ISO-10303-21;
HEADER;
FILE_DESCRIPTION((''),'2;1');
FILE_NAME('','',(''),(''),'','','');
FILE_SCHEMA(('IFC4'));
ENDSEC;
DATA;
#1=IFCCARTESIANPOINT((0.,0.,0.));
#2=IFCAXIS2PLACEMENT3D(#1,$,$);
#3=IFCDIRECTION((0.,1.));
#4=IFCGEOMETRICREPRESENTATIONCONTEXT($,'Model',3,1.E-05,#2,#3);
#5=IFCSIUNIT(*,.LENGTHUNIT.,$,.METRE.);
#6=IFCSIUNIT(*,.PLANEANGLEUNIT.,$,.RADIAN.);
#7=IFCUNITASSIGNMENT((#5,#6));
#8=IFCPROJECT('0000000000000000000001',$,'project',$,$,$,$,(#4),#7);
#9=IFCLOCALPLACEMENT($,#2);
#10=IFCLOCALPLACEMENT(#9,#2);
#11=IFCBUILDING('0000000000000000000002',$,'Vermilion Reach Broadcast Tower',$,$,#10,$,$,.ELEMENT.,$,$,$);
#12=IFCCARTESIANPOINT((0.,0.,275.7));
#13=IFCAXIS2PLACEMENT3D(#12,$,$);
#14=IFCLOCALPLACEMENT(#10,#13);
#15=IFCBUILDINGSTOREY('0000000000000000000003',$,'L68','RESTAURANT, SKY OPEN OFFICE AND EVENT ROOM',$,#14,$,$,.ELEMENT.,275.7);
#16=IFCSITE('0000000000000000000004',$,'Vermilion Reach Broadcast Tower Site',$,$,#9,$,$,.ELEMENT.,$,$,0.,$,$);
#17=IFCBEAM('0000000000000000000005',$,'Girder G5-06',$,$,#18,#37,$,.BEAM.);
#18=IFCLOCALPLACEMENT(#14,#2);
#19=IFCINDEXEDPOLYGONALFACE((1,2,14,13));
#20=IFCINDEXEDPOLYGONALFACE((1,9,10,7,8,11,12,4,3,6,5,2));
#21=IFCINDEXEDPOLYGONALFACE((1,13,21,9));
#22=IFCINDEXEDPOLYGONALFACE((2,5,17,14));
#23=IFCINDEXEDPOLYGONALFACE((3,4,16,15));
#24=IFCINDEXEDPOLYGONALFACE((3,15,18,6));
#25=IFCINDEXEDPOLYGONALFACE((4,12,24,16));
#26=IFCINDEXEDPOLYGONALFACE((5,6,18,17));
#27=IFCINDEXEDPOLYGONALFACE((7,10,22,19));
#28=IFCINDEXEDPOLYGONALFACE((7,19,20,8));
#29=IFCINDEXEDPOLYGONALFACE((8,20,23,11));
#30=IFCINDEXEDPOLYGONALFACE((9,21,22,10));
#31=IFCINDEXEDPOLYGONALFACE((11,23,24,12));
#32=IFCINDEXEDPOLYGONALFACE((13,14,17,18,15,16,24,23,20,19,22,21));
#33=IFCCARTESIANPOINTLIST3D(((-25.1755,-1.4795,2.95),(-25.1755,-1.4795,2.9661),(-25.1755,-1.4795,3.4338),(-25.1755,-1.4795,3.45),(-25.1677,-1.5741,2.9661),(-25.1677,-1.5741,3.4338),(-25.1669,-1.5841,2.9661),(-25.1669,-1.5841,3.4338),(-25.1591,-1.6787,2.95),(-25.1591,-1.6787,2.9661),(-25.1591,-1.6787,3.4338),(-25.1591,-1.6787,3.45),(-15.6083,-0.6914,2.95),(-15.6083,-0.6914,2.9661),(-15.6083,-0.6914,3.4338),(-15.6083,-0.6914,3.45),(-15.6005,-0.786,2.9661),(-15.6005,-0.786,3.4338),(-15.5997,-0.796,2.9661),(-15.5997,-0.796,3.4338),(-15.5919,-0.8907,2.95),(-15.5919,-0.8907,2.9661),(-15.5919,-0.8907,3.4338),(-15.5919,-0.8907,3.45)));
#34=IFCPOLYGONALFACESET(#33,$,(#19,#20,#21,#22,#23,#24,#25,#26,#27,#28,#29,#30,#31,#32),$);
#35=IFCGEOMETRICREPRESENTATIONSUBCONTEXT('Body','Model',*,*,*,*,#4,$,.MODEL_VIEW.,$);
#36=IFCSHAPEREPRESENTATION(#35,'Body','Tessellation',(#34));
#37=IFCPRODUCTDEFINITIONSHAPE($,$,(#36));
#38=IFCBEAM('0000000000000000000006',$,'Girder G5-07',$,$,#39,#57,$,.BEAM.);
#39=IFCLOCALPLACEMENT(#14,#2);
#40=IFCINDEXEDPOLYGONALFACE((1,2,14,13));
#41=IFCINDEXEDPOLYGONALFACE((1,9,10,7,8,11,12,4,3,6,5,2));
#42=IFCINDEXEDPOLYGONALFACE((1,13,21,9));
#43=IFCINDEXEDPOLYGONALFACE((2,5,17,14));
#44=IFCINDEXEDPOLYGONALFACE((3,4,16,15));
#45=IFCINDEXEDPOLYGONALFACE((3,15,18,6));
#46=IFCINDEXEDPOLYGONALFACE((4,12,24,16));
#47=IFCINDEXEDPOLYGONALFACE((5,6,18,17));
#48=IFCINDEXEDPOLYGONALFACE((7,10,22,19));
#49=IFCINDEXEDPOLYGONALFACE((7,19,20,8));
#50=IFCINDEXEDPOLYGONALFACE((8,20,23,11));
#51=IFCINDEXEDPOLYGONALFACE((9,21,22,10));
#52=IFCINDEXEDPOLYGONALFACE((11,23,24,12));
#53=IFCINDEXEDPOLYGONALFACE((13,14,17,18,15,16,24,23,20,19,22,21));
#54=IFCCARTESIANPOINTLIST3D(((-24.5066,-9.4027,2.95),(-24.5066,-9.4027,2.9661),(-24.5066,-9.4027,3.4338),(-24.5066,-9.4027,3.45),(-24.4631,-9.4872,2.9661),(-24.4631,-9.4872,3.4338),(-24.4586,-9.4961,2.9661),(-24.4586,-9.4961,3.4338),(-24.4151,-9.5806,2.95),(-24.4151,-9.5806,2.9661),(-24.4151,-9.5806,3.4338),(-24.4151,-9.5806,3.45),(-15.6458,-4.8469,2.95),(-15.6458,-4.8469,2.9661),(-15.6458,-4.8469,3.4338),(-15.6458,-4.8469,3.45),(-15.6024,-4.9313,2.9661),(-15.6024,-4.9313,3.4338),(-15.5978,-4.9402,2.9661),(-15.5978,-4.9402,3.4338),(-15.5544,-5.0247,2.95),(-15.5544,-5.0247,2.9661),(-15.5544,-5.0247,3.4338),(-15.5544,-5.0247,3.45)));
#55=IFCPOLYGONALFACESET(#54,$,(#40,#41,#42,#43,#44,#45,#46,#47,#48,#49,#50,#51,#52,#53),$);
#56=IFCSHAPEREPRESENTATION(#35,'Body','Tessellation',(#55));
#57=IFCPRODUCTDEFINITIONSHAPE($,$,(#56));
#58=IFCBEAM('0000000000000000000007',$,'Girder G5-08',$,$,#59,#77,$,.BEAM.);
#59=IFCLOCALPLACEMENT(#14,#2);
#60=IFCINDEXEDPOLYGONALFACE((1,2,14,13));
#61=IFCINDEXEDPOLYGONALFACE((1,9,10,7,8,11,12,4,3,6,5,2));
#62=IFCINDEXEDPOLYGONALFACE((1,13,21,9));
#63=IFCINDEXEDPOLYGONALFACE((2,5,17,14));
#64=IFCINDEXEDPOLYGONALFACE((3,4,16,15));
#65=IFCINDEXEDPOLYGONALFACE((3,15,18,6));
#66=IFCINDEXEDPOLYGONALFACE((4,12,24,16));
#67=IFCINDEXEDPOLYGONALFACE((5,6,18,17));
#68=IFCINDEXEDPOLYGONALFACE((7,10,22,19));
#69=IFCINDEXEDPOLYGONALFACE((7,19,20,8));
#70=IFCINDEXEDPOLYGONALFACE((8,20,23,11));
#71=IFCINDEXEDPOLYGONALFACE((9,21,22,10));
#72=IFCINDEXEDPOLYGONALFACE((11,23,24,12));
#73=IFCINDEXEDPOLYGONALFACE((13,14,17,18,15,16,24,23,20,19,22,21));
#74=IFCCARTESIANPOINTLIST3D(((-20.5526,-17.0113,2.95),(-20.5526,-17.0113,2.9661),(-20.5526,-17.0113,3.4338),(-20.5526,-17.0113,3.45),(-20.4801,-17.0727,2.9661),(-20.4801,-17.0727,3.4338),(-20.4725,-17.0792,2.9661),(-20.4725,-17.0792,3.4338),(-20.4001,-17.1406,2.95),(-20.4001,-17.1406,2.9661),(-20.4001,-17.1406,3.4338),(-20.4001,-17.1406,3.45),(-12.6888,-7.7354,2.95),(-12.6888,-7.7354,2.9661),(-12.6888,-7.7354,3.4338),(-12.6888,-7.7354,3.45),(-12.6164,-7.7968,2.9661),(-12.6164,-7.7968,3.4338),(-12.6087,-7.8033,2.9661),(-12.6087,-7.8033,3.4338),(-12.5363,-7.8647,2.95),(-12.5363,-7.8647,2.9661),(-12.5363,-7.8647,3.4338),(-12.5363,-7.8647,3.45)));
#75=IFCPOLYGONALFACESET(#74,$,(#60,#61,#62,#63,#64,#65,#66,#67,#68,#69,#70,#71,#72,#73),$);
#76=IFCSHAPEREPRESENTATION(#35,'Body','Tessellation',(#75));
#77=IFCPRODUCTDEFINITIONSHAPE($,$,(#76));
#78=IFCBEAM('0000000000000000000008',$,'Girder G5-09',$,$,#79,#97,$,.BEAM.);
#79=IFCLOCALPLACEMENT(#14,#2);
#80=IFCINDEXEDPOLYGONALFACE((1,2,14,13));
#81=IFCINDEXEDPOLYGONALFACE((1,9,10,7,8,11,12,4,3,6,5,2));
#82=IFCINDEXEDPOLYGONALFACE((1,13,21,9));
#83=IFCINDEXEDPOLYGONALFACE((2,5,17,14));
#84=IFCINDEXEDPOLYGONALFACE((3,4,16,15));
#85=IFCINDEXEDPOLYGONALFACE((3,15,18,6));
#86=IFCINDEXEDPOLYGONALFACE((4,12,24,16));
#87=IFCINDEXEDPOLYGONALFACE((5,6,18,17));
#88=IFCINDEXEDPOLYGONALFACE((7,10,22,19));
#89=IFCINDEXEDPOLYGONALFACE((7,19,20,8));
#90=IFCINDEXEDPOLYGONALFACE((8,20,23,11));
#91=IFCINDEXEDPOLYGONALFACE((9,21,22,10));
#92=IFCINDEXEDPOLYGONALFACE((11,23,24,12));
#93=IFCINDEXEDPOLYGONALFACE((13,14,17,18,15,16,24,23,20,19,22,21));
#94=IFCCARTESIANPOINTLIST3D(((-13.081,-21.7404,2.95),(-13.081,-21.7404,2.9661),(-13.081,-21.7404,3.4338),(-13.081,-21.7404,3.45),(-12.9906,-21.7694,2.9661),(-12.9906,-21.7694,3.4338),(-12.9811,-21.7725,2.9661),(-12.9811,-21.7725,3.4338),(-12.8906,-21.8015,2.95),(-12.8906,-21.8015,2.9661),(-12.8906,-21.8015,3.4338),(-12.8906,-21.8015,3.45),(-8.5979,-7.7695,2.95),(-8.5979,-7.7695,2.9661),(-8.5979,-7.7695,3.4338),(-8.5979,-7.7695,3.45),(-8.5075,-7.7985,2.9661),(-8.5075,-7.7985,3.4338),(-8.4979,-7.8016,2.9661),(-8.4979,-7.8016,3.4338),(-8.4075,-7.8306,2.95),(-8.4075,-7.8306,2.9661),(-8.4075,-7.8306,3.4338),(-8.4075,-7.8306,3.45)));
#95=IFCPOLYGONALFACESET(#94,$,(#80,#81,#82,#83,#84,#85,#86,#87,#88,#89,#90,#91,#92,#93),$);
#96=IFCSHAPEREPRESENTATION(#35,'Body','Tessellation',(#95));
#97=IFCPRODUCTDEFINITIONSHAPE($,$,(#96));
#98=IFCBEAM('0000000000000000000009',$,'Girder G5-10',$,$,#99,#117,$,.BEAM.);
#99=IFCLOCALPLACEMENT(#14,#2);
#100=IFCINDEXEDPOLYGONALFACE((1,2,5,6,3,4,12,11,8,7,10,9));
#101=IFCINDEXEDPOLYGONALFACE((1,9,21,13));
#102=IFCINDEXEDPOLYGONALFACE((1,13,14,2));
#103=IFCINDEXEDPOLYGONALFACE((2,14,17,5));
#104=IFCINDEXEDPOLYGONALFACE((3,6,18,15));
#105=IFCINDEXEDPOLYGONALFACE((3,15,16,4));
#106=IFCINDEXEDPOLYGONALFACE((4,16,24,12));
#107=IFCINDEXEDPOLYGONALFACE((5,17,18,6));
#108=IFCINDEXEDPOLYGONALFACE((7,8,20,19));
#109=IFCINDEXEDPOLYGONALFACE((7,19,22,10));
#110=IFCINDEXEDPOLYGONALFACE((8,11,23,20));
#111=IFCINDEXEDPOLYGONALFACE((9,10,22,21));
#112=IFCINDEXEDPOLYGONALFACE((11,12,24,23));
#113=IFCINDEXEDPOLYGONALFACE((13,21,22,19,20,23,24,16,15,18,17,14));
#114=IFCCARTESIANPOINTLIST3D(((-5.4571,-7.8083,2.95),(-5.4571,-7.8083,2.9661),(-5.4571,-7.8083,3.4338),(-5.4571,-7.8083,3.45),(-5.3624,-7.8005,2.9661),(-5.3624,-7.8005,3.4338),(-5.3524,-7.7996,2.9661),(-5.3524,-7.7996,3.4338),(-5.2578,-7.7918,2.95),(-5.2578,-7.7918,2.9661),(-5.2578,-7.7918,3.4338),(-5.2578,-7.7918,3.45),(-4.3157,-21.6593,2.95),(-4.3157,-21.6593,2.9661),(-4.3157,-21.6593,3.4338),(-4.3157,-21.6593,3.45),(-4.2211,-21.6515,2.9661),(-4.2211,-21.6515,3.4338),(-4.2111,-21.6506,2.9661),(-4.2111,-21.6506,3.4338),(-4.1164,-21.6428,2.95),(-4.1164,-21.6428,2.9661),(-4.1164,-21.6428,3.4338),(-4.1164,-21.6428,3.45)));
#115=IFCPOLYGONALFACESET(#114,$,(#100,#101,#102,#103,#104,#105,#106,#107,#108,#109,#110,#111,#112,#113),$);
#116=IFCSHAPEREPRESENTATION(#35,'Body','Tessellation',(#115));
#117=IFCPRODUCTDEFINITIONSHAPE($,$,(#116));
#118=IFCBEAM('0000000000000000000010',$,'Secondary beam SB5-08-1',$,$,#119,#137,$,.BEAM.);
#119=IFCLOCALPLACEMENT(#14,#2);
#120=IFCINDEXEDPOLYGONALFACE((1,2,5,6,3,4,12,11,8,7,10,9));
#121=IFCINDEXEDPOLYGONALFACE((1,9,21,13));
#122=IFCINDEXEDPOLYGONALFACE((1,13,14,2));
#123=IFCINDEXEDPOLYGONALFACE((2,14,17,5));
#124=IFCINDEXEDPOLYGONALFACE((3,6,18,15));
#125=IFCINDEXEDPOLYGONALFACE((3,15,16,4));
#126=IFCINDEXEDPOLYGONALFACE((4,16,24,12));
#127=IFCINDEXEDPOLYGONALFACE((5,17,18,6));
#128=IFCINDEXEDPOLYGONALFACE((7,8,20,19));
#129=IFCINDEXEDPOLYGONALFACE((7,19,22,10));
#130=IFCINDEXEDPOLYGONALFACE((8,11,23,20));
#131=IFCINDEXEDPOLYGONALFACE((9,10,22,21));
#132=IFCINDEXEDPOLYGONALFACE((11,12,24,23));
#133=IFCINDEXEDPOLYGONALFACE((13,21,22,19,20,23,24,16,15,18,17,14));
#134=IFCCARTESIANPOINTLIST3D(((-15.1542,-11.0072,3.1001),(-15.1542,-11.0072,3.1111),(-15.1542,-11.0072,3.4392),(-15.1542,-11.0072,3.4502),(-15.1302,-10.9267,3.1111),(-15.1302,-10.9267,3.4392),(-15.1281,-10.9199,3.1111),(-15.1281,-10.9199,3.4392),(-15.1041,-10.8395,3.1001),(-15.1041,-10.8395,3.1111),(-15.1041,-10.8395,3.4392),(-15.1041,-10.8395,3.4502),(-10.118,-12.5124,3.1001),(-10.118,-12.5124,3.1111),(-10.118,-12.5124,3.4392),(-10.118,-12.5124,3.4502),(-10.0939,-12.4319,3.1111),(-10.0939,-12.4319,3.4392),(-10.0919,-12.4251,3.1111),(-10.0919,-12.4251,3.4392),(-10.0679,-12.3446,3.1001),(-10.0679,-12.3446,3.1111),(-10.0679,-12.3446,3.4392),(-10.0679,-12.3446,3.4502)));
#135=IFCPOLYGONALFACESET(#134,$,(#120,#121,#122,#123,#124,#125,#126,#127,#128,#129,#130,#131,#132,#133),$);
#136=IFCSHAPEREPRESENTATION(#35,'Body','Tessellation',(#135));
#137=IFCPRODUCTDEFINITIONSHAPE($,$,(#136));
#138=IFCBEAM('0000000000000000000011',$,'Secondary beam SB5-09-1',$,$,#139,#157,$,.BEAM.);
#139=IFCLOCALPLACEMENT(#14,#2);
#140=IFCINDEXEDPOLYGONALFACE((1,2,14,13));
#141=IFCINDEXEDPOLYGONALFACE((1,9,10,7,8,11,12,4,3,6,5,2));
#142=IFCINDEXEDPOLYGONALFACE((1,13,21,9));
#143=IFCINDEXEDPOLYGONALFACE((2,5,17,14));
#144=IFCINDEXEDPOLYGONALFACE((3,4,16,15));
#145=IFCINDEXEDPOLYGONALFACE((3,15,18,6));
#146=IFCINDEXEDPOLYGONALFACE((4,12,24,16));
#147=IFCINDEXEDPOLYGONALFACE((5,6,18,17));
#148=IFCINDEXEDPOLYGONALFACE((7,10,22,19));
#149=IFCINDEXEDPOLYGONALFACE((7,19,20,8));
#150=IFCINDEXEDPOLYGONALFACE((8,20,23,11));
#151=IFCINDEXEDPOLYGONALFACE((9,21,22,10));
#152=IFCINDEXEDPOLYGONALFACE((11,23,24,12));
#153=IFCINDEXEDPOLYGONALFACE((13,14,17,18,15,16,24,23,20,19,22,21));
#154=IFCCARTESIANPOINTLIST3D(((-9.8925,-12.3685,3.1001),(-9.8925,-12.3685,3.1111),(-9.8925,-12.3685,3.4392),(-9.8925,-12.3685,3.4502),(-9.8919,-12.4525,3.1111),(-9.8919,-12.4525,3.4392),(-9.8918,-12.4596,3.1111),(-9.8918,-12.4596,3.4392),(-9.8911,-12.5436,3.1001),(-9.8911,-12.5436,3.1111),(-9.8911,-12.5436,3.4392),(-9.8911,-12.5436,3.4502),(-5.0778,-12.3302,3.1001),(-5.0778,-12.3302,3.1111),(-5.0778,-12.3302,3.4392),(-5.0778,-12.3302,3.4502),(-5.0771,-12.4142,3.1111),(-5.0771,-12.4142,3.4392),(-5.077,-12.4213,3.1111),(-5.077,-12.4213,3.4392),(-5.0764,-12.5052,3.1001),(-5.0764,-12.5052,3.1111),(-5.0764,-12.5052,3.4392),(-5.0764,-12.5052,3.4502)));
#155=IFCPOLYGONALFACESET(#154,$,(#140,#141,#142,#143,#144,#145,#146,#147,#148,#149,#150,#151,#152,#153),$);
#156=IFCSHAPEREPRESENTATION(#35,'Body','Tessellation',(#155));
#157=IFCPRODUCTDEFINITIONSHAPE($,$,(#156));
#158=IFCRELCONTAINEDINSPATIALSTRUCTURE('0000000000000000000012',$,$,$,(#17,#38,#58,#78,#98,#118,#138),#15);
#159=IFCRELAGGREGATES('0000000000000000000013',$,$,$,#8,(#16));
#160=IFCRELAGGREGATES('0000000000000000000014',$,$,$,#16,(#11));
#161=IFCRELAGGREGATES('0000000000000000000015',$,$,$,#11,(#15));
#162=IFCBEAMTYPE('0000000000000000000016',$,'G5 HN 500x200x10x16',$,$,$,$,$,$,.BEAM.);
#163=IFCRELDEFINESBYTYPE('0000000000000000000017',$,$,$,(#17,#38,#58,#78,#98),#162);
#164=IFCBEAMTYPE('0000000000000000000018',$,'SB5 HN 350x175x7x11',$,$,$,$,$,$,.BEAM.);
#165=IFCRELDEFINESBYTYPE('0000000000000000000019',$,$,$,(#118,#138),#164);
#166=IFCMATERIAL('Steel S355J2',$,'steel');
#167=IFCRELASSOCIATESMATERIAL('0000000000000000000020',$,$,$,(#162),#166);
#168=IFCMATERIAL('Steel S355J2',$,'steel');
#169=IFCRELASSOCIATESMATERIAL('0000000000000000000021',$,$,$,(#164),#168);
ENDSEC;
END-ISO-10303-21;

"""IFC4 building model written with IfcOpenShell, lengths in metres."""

from ifc_helpers import new_model, si_unit, direction, frame, origin, origin_2d, place, context, subcontext, project, spatial, i_section, extrude, material, material_profile, profile_set, type_object, element, save


model = new_model("IFC4")

# Units and contexts
model_context = context("Model", 3, precision=1e-05, world=origin(), true_north=direction((0.0, 1.0)))
body_context = subcontext(model_context, "Body", "Model", "MODEL_VIEW")
ifc_project = project(units=[si_unit("LENGTHUNIT", "METRE"), si_unit("PLANEANGLEUNIT", "RADIAN")], contexts=[model_context])

# Site, building, storey
site_placement = place(None, origin())
site = spatial("IfcSite", under=ifc_project, at=site_placement, Name="Vermilion Reach Broadcast Tower Site", CompositionType="ELEMENT", RefElevation=0.0)
building_placement = place(site_placement, origin())
building = spatial("IfcBuilding", under=site, at=building_placement, Name="Vermilion Reach Broadcast Tower", CompositionType="ELEMENT")
storey_placement = place(building_placement, frame((0.0, 0.0, 275.7)))
storey = spatial("IfcBuildingStorey", under=building, at=storey_placement, Name="L68", Description="RESTAURANT, SKY OPEN OFFICE AND EVENT ROOM", CompositionType="ELEMENT", Elevation=275.7)

# Beams
ifc_material_1 = material(Name="Steel S355J2", Category="steel")
ifc_material_profile_1 = material_profile(ifc_material_1, i_section(OverallWidth=0.2, OverallDepth=0.5, WebThickness=0.01, FlangeThickness=0.0161, at=origin_2d()), Name="S355J2 HN 500x200x10x16")
ifc_profile_set_1 = profile_set([ifc_material_profile_1], Name="Steel S355J2")
beam_type_1 = type_object("IfcBeamType", Name="G5 HN 500x200x10x16", PredefinedType="BEAM", material=ifc_profile_set_1)
beam_1_placement = place(storey_placement, frame((-15.6001, -0.791, 3.2), z_axis=(-0.996624, -0.082096, 0.0), x_axis=(0.082096, -0.996624, 0.0)))
element("IfcBeam", 1, at=beam_1_placement, inside=storey, type_object=beam_type_1, Name="Girder G5-06", PredefinedType="BEAM", context=body_context, shape_type="SweptSolid", body=[
    extrude(i_section(OverallWidth=0.2, OverallDepth=0.5, WebThickness=0.01, FlangeThickness=0.0161, at=origin_2d()), origin(), (0.0, 0.0, 1.0), 9.5996),
])
beam_2_placement = place(storey_placement, frame((-15.6001, -4.9358, 3.2), z_axis=(-0.889333, -0.457261, 0.0), x_axis=(0.457261, -0.889333, 0.0)))
element("IfcBeam", 2, at=beam_2_placement, inside=storey, type_object=beam_type_1, Name="Girder G5-07", PredefinedType="BEAM", context=body_context, shape_type="SweptSolid", body=[
    extrude(i_section(OverallWidth=0.2, OverallDepth=0.5, WebThickness=0.01, FlangeThickness=0.0161, at=origin_2d()), origin(), (0.0, 0.0, 1.0), 9.9634),
])
beam_3_placement = place(storey_placement, frame((-12.6125, -7.8, 3.2), z_axis=(-0.646658, -0.76278, 0.0), x_axis=(0.76278, -0.646658, 0.0)))
element("IfcBeam", 3, at=beam_3_placement, inside=storey, type_object=beam_type_1, Name="Girder G5-08", PredefinedType="BEAM", context=body_context, shape_type="SweptSolid", body=[
    extrude(i_section(OverallWidth=0.2, OverallDepth=0.5, WebThickness=0.01, FlangeThickness=0.0161, at=origin_2d()), origin(), (0.0, 0.0, 1.0), 12.1606),
])
beam_4_placement = place(storey_placement, frame((-8.5027, -7.8, 3.2), z_axis=(-0.305545, -0.952178, 0.0), x_axis=(0.952178, -0.305545, 0.0)))
element("IfcBeam", 4, at=beam_4_placement, inside=storey, type_object=beam_type_1, Name="Girder G5-09", PredefinedType="BEAM", context=body_context, shape_type="SweptSolid", body=[
    extrude(i_section(OverallWidth=0.2, OverallDepth=0.5, WebThickness=0.01, FlangeThickness=0.0161, at=origin_2d()), origin(), (0.0, 0.0, 1.0), 14.6726),
])
beam_5_placement = place(storey_placement, frame((-5.3574, -7.8, 3.2), z_axis=(0.082124, -0.996622, 0.0), x_axis=(0.996622, 0.082124, 0.0)))
element("IfcBeam", 5, at=beam_5_placement, inside=storey, type_object=beam_type_1, Name="Girder G5-10", PredefinedType="BEAM", context=body_context, shape_type="SweptSolid", body=[
    extrude(i_section(OverallWidth=0.2, OverallDepth=0.5, WebThickness=0.01, FlangeThickness=0.0161, at=origin_2d()), origin(), (0.0, 0.0, 1.0), 13.8979),
])
ifc_material_2 = material(Name="Steel S355J2", Category="steel")
ifc_material_profile_2 = material_profile(ifc_material_2, i_section(OverallWidth=0.175, OverallDepth=0.3501, WebThickness=0.0071, FlangeThickness=0.011, at=origin_2d()), Name="S355J2 HN 350x175x7x11")
ifc_profile_set_2 = profile_set([ifc_material_profile_2], Name="Steel S355J2")
beam_type_2 = type_object("IfcBeamType", Name="SB5 HN 350x175x7x11", PredefinedType="BEAM", material=ifc_profile_set_2)
beam_6_placement = place(storey_placement, frame((-15.1292, -10.9233, 3.2751), z_axis=(0.958125, -0.286351, 0.0), x_axis=(0.286351, 0.958125, 0.0)))
element("IfcBeam", 6, at=beam_6_placement, inside=storey, type_object=beam_type_2, Name="Secondary beam SB5-08-1", PredefinedType="BEAM", context=body_context, shape_type="SweptSolid", body=[
    extrude(i_section(OverallWidth=0.175, OverallDepth=0.3501, WebThickness=0.0071, FlangeThickness=0.011, at=origin_2d()), origin(), (0.0, 0.0, 1.0), 5.2563),
])
beam_7_placement = place(storey_placement, frame((-9.8918, -12.4561, 3.2751), z_axis=(0.999968, 0.007961, 0.0), x_axis=(-0.007961, 0.999968, 0.0)))
element("IfcBeam", 7, at=beam_7_placement, inside=storey, type_object=beam_type_2, Name="Secondary beam SB5-09-1", PredefinedType="BEAM", context=body_context, shape_type="SweptSolid", body=[
    extrude(i_section(OverallWidth=0.175, OverallDepth=0.3501, WebThickness=0.0071, FlangeThickness=0.011, at=origin_2d()), origin(), (0.0, 0.0, 1.0), 4.8149),
])

save(model, "model.ifc")
